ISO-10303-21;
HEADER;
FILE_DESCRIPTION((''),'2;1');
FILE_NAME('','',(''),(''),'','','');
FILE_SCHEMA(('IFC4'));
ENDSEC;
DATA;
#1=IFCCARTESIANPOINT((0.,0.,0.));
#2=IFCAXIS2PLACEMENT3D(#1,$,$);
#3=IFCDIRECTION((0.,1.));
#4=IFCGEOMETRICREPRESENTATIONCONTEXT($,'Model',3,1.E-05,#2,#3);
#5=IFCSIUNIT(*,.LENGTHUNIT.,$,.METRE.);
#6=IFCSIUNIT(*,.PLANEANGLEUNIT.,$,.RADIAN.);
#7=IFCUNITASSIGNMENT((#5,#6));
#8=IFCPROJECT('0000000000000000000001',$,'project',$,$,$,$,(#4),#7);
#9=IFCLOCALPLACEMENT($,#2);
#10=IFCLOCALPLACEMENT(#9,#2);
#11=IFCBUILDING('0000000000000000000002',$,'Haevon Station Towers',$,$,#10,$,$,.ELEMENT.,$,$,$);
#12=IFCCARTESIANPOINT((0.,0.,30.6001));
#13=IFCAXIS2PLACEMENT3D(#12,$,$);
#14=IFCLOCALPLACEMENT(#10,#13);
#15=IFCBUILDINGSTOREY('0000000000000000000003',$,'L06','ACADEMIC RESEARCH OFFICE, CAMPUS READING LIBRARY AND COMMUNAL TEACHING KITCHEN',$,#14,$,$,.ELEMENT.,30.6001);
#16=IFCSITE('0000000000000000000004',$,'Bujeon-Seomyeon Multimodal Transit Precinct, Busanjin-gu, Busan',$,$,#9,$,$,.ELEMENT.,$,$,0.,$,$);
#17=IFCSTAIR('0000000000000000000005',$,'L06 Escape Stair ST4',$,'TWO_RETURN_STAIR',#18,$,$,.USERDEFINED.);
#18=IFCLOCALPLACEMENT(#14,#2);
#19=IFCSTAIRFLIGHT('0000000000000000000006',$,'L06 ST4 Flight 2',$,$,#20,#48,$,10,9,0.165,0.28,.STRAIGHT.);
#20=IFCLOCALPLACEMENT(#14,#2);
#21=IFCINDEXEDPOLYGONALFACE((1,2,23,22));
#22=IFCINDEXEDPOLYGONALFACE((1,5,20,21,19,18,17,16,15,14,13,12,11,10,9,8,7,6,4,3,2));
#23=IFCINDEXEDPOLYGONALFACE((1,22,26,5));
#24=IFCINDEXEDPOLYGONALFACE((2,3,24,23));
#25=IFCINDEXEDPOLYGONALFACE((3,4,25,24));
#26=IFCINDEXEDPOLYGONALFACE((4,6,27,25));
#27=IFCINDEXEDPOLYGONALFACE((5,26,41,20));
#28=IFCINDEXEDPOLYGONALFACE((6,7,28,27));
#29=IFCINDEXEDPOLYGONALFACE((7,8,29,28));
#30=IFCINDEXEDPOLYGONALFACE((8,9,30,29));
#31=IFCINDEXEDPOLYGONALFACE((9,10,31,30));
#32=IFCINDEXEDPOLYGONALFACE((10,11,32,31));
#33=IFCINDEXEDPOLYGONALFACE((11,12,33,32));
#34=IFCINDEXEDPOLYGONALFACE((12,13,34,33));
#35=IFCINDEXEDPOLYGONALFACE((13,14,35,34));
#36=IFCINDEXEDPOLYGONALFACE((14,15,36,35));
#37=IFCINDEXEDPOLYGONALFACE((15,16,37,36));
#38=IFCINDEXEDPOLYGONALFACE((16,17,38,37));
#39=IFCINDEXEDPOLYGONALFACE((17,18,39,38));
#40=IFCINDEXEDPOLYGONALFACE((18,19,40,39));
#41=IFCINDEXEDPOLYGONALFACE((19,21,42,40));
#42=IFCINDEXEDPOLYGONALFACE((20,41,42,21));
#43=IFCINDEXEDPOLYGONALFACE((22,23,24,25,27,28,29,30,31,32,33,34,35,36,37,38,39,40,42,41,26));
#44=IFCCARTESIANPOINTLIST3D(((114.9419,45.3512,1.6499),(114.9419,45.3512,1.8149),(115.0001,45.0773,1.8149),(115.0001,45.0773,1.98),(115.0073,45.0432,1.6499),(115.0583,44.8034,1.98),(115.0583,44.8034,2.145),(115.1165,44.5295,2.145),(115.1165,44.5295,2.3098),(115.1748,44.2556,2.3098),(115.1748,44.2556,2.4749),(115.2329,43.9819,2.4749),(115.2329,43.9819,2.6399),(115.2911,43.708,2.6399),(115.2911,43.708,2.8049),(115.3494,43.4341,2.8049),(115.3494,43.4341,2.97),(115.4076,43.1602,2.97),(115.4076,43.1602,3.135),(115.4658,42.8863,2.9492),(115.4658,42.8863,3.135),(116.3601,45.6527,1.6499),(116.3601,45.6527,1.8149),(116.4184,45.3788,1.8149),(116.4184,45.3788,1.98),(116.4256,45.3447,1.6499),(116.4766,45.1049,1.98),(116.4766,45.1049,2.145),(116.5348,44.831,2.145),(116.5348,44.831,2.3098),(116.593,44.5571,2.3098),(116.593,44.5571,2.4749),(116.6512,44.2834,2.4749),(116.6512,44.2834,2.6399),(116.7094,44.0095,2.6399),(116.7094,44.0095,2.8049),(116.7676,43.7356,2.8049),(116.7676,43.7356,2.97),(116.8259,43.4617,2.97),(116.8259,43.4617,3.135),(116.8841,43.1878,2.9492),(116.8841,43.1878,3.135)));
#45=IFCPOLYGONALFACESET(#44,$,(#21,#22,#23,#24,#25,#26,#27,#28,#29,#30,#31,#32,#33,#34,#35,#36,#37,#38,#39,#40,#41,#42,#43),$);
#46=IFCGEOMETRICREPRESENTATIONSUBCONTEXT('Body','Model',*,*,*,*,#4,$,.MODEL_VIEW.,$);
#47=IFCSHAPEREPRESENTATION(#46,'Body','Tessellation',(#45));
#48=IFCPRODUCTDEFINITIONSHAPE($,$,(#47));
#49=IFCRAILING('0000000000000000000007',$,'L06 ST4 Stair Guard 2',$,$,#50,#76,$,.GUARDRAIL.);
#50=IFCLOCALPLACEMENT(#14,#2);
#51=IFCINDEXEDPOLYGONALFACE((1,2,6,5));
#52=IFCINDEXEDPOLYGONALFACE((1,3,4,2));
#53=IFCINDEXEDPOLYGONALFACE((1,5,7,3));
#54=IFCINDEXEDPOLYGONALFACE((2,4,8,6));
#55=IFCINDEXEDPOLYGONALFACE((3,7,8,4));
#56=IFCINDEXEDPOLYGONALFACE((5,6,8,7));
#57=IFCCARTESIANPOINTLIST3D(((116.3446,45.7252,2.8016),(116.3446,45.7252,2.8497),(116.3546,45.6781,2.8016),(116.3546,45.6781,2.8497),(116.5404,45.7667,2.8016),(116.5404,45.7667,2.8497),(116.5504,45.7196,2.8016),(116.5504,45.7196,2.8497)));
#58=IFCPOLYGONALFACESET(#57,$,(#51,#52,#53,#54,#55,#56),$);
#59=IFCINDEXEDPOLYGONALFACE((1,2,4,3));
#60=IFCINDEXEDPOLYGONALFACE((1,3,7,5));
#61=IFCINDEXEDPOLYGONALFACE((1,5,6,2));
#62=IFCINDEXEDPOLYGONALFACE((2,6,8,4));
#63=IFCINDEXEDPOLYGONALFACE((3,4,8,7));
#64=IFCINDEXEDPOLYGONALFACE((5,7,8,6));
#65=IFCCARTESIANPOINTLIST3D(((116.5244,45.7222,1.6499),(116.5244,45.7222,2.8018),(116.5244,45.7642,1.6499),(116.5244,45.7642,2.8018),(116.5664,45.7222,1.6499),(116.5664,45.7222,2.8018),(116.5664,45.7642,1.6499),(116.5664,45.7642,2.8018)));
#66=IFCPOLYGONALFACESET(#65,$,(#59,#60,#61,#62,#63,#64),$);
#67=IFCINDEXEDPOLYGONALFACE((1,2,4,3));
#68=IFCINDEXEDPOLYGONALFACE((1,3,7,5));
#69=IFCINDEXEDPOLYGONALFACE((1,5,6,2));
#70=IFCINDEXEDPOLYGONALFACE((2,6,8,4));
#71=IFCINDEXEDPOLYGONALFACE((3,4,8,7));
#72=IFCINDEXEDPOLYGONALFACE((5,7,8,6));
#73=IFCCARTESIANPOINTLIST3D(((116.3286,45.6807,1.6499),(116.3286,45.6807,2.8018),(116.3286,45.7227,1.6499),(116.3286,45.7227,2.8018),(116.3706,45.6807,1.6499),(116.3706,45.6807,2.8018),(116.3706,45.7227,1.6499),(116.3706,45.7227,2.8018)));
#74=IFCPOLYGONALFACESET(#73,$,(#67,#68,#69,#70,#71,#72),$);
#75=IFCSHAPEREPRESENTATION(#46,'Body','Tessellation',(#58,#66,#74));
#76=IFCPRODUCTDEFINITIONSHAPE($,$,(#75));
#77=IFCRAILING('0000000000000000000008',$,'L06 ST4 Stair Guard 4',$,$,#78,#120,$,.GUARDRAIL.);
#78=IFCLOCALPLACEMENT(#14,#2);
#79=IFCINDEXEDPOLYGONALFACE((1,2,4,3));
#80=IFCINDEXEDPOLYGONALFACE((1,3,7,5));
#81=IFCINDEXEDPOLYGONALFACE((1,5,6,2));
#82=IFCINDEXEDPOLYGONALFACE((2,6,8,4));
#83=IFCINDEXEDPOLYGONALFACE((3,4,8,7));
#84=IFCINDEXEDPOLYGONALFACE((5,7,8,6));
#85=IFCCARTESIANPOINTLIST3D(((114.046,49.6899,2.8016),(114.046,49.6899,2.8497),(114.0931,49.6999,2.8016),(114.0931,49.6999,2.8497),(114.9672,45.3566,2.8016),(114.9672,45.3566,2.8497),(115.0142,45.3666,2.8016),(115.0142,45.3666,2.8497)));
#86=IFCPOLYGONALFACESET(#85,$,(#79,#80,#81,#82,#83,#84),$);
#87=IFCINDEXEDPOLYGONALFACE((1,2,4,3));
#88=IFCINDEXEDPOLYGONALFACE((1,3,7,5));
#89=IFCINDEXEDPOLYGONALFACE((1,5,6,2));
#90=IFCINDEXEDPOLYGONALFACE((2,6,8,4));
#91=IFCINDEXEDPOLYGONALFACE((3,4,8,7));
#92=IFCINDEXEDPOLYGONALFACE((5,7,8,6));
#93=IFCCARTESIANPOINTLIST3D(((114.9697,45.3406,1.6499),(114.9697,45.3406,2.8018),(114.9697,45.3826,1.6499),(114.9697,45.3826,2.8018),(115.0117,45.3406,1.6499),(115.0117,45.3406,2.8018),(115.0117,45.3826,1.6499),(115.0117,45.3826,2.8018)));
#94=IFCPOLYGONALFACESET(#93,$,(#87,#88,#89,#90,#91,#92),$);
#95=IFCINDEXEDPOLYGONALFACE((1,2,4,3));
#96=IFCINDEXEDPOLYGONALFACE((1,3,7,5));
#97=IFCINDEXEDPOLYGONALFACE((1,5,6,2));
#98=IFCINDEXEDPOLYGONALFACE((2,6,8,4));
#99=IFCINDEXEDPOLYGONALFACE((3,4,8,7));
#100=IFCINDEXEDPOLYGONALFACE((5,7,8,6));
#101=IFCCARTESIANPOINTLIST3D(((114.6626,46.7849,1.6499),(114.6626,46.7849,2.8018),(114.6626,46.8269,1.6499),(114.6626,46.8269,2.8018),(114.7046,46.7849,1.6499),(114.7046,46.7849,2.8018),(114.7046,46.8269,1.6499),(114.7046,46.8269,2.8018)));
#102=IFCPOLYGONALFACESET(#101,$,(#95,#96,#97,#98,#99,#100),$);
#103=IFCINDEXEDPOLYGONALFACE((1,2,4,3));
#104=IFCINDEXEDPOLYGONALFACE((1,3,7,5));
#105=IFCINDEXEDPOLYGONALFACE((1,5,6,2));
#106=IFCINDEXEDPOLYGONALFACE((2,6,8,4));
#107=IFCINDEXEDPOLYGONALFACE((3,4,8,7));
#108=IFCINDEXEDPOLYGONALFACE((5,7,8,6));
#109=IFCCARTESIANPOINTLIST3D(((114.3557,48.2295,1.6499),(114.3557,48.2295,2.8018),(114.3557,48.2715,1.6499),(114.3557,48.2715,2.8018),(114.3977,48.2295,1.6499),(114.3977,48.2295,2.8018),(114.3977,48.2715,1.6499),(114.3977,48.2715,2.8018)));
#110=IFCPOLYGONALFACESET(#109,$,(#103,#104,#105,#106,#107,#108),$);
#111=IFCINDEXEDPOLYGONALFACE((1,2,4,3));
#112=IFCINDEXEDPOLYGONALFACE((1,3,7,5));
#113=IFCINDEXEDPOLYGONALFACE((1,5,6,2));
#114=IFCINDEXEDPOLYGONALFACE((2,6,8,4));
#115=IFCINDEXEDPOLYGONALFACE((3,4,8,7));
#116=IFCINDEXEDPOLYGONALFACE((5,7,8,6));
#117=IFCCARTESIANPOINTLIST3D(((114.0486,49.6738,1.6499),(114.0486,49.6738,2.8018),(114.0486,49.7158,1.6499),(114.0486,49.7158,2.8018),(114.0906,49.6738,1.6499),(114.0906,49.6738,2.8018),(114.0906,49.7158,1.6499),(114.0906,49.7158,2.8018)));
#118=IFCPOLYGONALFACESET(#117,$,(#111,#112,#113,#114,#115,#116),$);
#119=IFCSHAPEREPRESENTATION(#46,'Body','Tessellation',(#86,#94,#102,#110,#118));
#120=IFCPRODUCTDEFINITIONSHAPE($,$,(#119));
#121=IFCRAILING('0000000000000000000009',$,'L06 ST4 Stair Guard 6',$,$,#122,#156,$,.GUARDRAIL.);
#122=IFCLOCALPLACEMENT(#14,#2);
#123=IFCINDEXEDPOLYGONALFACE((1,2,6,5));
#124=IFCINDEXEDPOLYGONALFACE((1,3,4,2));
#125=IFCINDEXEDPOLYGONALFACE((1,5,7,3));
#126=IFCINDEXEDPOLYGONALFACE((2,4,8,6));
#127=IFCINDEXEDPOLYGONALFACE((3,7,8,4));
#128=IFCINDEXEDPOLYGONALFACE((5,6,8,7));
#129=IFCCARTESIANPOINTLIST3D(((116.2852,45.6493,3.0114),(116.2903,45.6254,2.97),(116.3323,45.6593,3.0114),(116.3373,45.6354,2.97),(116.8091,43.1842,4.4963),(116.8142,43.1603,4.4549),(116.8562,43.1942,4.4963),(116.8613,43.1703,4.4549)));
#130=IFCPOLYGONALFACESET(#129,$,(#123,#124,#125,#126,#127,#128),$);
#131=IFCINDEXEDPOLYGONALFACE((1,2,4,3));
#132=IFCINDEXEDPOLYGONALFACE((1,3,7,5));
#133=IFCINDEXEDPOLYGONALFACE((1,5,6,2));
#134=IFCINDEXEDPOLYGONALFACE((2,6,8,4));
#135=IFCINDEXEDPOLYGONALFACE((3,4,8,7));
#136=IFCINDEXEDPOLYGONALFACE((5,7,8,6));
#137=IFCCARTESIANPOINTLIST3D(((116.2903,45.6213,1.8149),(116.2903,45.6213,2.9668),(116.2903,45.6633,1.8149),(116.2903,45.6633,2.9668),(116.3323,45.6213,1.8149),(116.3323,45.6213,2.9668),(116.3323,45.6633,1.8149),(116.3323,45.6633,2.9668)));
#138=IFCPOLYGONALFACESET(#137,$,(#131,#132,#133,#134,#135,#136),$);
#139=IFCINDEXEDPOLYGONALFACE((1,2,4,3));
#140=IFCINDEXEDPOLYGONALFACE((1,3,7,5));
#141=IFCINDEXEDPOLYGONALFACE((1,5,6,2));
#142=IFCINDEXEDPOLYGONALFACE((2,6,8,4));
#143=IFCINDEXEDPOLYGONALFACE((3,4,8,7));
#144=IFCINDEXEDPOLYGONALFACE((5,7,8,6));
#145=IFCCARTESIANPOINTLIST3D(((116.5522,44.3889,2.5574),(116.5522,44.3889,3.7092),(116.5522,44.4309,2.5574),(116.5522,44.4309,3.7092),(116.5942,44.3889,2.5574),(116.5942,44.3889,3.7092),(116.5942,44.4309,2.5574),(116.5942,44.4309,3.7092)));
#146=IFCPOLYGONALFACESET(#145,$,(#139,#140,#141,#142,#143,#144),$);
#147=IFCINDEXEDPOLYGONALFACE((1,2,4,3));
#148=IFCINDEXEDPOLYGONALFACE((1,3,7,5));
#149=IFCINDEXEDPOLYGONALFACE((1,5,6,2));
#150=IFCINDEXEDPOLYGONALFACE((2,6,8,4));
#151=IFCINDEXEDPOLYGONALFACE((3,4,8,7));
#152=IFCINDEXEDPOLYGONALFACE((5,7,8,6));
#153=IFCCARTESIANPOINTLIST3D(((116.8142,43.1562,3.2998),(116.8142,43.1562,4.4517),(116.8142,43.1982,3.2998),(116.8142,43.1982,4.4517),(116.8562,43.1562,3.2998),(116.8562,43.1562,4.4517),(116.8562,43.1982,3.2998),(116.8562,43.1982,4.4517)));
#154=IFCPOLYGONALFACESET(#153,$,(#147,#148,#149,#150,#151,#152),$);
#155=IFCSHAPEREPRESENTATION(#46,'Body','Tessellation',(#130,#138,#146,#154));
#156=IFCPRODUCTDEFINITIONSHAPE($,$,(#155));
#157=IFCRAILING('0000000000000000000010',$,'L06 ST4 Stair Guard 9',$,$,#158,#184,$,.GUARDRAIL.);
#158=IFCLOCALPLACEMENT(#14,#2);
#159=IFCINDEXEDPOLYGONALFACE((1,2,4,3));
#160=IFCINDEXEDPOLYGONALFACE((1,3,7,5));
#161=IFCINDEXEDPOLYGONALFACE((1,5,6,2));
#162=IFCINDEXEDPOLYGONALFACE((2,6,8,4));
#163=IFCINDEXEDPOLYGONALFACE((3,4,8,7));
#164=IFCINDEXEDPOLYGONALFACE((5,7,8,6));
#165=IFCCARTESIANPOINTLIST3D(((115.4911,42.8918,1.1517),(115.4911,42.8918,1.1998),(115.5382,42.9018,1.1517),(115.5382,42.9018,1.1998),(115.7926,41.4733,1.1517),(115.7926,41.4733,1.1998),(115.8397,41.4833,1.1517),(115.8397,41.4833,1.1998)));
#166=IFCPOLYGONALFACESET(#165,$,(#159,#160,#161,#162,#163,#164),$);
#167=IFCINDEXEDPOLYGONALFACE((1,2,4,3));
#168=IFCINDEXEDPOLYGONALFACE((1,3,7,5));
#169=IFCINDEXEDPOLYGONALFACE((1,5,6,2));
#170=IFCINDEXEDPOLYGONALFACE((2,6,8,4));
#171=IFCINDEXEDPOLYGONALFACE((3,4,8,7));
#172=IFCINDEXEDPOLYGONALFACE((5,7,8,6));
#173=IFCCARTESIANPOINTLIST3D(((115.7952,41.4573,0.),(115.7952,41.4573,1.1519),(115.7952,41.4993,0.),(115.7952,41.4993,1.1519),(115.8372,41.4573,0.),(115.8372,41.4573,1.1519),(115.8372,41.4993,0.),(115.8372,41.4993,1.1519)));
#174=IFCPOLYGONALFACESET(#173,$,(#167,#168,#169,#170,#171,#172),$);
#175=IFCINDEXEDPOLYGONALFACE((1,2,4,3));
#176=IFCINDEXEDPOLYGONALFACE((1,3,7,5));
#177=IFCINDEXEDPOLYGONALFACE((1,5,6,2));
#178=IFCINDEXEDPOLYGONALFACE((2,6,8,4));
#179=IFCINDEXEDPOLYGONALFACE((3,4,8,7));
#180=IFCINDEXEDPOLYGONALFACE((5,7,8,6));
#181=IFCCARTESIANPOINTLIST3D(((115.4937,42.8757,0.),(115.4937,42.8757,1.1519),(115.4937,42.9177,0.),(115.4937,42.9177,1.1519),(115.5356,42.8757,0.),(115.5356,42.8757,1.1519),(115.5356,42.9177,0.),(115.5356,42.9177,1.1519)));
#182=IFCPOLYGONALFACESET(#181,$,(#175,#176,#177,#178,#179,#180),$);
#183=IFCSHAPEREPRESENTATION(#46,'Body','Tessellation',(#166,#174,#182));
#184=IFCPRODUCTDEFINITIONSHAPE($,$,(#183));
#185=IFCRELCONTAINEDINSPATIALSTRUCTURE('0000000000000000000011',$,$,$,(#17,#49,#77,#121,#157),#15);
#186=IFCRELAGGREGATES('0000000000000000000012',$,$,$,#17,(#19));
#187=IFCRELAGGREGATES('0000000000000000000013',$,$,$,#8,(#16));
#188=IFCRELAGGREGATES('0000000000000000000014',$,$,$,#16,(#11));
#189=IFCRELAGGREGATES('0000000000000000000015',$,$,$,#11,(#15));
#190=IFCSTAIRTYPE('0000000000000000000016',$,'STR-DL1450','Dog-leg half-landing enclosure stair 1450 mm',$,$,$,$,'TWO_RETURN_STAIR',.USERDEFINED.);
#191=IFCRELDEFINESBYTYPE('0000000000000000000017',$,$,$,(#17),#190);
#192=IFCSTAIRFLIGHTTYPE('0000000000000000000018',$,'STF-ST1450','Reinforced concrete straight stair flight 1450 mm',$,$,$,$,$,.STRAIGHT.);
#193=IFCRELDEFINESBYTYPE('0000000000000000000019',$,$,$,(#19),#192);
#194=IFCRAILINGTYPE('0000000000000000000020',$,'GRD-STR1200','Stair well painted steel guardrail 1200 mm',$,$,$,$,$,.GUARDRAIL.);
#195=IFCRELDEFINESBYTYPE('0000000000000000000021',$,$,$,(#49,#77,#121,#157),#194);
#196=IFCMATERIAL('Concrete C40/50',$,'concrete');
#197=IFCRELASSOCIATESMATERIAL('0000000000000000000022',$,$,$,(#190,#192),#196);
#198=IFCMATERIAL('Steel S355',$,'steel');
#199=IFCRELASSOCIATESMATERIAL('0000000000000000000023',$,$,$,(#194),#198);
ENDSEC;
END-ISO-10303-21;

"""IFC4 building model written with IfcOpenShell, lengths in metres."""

from ifc_helpers import new_model, si_unit, direction, frame, origin, origin_2d, place, context, subcontext, project, spatial, polyline, rectangle, outline, extrude, material, type_object, element, aggregate, save


model = new_model("IFC4")

# Units and contexts
model_context = context("Model", 3, precision=1e-05, world=origin(), true_north=direction((0.0, 1.0)))
body_context = subcontext(model_context, "Body", "Model", "MODEL_VIEW")
ifc_project = project(units=[si_unit("LENGTHUNIT", "METRE"), si_unit("PLANEANGLEUNIT", "RADIAN")], contexts=[model_context])

# Site, building, storey
site_placement = place(None, origin())
site = spatial("IfcSite", under=ifc_project, at=site_placement, Name="Bujeon-Seomyeon Multimodal Transit Precinct, Busanjin-gu, Busan", CompositionType="ELEMENT", RefElevation=0.0)
building_placement = place(site_placement, origin())
building = spatial("IfcBuilding", under=site, at=building_placement, Name="Haevon Station Towers", CompositionType="ELEMENT")
storey_placement = place(building_placement, frame((0.0, 0.0, 30.6001)))
storey = spatial("IfcBuildingStorey", under=building, at=storey_placement, Name="L06", Description="ACADEMIC RESEARCH OFFICE, CAMPUS READING LIBRARY AND COMMUNAL TEACHING KITCHEN", CompositionType="ELEMENT", Elevation=30.6001)

# Shared definitions
ifc_material_1 = material(Name="Concrete C40/50", Category="concrete")

# Stair, stair flight
stair_type = type_object("IfcStairType", Name="STR-DL1450", Description="Dog-leg half-landing enclosure stair 1450 mm", ElementType="TWO_RETURN_STAIR", PredefinedType="USERDEFINED", material=ifc_material_1)
stair_placement = place(storey_placement, origin())
stair = element("IfcStair", 1, at=stair_placement, inside=storey, type_object=stair_type, Name="L06 Escape Stair ST4", ObjectType="TWO_RETURN_STAIR", PredefinedType="USERDEFINED")
stair_flight_type = type_object("IfcStairFlightType", Name="STF-ST1450", Description="Reinforced concrete straight stair flight 1450 mm", PredefinedType="STRAIGHT", material=ifc_material_1)
stair_flight_placement = place(storey_placement, frame((115.6509, 45.502, 1.6499), z_axis=(0.0, 0.0, 1.0), x_axis=(0.207912, -0.978148, 0.0)))
stair_flight = element("IfcStairFlight", 2, at=stair_flight_placement, type_object=stair_flight_type, Name="L06 ST4 Flight 2", NumberOfRisers=10, NumberOfTreads=9, PredefinedType="STRAIGHT", RiserHeight=0.165, TreadLength=0.28, context=body_context, shape_type="SweptSolid", body=[
    extrude(outline(polyline([(0.0, 0.0), (0.0, 0.165), (0.28, 0.165), (0.28, 0.3301), (0.5601, 0.3301), (0.5601, 0.4951), (0.8401, 0.4951), (0.8401, 0.6599), (1.1201, 0.6599), (1.1201, 0.825), (1.3999, 0.825), (1.3999, 0.99), (1.6799, 0.99), (1.6799, 1.155), (1.96, 1.155), (1.96, 1.3201), (2.24, 1.3201), (2.24, 1.4851), (2.52, 1.4851), (2.52, 1.6499), (2.52, 1.2993), (0.3149, 0.0), (0.0, 0.0)])), frame((0.0, 0.7251, 0.0), z_axis=(0.0, -1.0, 0.0), x_axis=(1.0, 0.0, 0.0)), (0.0, 0.0, 1.0), 1.45),
])
aggregate(stair, [stair_flight])

# Railings
ifc_material_2 = material(Name="Steel S355", Category="steel")
railing_type_1 = type_object("IfcRailingType", Name="GRD-STR1200", Description="Stair well painted steel guardrail 1200 mm", PredefinedType="GUARDRAIL", material=ifc_material_2)
railing_1_placement = place(storey_placement, frame((116.5454, 45.7432, 1.6499)))
element("IfcRailing", 3, at=railing_1_placement, inside=storey, type_object=railing_type_1, Name="L06 ST4 Stair Guard 2", PredefinedType="GUARDRAIL", context=body_context, shape_type="SweptSolid", body=[
    extrude(rectangle(XDim=0.0481, YDim=0.0481, at=origin_2d()), frame((0.0, 0.0, 1.1758), z_axis=(-0.978264, -0.207363, 0.0), x_axis=(0.207363, -0.978264, 0.0)), (0.0, 0.0, 1.0), 0.2002),
    extrude(rectangle(XDim=0.042, YDim=0.042, at=origin_2d()), origin(), (0.0, 0.0, 1.0), 1.1519),
    extrude(rectangle(XDim=0.042, YDim=0.042, at=origin_2d()), frame((-0.1958, -0.0415, 0.0)), (0.0, 0.0, 1.0), 1.1519),
])
railing_2_placement = place(storey_placement, frame((114.9907, 45.3616, 1.6499)))
element("IfcRailing", 4, at=railing_2_placement, inside=storey, type_object=railing_type_1, Name="L06 ST4 Stair Guard 4", PredefinedType="GUARDRAIL", context=body_context, shape_type="SweptSolid", body=[
    extrude(rectangle(XDim=0.0481, YDim=0.0481, at=origin_2d()), frame((0.0, 0.0, 1.1758), z_axis=(-0.207929, 0.978144, 0.0), x_axis=(-0.978144, -0.207929, 0.0)), (0.0, 0.0, 1.0), 4.4302),
    extrude(rectangle(XDim=0.042, YDim=0.042, at=origin_2d()), origin(), (0.0, 0.0, 1.0), 1.1519),
    extrude(rectangle(XDim=0.042, YDim=0.042, at=origin_2d()), frame((-0.3071, 1.4443, 0.0)), (0.0, 0.0, 1.0), 1.1519),
    extrude(rectangle(XDim=0.042, YDim=0.042, at=origin_2d()), frame((-0.614, 2.8889, 0.0)), (0.0, 0.0, 1.0), 1.1519),
    extrude(rectangle(XDim=0.042, YDim=0.042, at=origin_2d()), frame((-0.9211, 4.3333, 0.0)), (0.0, 0.0, 1.0), 1.1519),
])
railing_3_placement = place(storey_placement, frame((116.3113, 45.6423, 1.8149)))
element("IfcRailing", 5, at=railing_3_placement, inside=storey, type_object=railing_type_1, Name="L06 ST4 Stair Guard 6", PredefinedType="GUARDRAIL", context=body_context, shape_type="SweptSolid", body=[
    extrude(rectangle(XDim=0.0481, YDim=0.0481, at=origin_2d()), frame((0.0, 0.0, 1.1758), z_axis=(0.179116, -0.842748, 0.507635), x_axis=(0.978151, 0.207895, 0.0)), (0.0, 0.0, 1.0), 2.925),
    extrude(rectangle(XDim=0.042, YDim=0.042, at=origin_2d()), origin(), (0.0, 0.0, 1.0), 1.1519),
    extrude(rectangle(XDim=0.042, YDim=0.042, at=origin_2d()), frame((0.262, -1.2324, 0.7424)), (0.0, 0.0, 1.0), 1.1519),
    extrude(rectangle(XDim=0.042, YDim=0.042, at=origin_2d()), frame((0.5239, -2.4651, 1.4849)), (0.0, 0.0, 1.0), 1.1519),
])
railing_4_placement = place(storey_placement, frame((115.8162, 41.4783, 0.0)))
element("IfcRailing", 6, at=railing_4_placement, inside=storey, type_object=railing_type_1, Name="L06 ST4 Stair Guard 9", PredefinedType="GUARDRAIL", context=body_context, shape_type="SweptSolid", body=[
    extrude(rectangle(XDim=0.0481, YDim=0.0481, at=origin_2d()), frame((0.0, 0.0, 1.1758), z_axis=(-0.207919, 0.978146, 0.0), x_axis=(-0.978146, -0.207919, 0.0)), (0.0, 0.0, 1.0), 1.4502),
    extrude(rectangle(XDim=0.042, YDim=0.042, at=origin_2d()), origin(), (0.0, 0.0, 1.0), 1.1519),
    extrude(rectangle(XDim=0.042, YDim=0.042, at=origin_2d()), frame((-0.3015, 1.4185, 0.0)), (0.0, 0.0, 1.0), 1.1519),
])

save(model, "model.ifc")
